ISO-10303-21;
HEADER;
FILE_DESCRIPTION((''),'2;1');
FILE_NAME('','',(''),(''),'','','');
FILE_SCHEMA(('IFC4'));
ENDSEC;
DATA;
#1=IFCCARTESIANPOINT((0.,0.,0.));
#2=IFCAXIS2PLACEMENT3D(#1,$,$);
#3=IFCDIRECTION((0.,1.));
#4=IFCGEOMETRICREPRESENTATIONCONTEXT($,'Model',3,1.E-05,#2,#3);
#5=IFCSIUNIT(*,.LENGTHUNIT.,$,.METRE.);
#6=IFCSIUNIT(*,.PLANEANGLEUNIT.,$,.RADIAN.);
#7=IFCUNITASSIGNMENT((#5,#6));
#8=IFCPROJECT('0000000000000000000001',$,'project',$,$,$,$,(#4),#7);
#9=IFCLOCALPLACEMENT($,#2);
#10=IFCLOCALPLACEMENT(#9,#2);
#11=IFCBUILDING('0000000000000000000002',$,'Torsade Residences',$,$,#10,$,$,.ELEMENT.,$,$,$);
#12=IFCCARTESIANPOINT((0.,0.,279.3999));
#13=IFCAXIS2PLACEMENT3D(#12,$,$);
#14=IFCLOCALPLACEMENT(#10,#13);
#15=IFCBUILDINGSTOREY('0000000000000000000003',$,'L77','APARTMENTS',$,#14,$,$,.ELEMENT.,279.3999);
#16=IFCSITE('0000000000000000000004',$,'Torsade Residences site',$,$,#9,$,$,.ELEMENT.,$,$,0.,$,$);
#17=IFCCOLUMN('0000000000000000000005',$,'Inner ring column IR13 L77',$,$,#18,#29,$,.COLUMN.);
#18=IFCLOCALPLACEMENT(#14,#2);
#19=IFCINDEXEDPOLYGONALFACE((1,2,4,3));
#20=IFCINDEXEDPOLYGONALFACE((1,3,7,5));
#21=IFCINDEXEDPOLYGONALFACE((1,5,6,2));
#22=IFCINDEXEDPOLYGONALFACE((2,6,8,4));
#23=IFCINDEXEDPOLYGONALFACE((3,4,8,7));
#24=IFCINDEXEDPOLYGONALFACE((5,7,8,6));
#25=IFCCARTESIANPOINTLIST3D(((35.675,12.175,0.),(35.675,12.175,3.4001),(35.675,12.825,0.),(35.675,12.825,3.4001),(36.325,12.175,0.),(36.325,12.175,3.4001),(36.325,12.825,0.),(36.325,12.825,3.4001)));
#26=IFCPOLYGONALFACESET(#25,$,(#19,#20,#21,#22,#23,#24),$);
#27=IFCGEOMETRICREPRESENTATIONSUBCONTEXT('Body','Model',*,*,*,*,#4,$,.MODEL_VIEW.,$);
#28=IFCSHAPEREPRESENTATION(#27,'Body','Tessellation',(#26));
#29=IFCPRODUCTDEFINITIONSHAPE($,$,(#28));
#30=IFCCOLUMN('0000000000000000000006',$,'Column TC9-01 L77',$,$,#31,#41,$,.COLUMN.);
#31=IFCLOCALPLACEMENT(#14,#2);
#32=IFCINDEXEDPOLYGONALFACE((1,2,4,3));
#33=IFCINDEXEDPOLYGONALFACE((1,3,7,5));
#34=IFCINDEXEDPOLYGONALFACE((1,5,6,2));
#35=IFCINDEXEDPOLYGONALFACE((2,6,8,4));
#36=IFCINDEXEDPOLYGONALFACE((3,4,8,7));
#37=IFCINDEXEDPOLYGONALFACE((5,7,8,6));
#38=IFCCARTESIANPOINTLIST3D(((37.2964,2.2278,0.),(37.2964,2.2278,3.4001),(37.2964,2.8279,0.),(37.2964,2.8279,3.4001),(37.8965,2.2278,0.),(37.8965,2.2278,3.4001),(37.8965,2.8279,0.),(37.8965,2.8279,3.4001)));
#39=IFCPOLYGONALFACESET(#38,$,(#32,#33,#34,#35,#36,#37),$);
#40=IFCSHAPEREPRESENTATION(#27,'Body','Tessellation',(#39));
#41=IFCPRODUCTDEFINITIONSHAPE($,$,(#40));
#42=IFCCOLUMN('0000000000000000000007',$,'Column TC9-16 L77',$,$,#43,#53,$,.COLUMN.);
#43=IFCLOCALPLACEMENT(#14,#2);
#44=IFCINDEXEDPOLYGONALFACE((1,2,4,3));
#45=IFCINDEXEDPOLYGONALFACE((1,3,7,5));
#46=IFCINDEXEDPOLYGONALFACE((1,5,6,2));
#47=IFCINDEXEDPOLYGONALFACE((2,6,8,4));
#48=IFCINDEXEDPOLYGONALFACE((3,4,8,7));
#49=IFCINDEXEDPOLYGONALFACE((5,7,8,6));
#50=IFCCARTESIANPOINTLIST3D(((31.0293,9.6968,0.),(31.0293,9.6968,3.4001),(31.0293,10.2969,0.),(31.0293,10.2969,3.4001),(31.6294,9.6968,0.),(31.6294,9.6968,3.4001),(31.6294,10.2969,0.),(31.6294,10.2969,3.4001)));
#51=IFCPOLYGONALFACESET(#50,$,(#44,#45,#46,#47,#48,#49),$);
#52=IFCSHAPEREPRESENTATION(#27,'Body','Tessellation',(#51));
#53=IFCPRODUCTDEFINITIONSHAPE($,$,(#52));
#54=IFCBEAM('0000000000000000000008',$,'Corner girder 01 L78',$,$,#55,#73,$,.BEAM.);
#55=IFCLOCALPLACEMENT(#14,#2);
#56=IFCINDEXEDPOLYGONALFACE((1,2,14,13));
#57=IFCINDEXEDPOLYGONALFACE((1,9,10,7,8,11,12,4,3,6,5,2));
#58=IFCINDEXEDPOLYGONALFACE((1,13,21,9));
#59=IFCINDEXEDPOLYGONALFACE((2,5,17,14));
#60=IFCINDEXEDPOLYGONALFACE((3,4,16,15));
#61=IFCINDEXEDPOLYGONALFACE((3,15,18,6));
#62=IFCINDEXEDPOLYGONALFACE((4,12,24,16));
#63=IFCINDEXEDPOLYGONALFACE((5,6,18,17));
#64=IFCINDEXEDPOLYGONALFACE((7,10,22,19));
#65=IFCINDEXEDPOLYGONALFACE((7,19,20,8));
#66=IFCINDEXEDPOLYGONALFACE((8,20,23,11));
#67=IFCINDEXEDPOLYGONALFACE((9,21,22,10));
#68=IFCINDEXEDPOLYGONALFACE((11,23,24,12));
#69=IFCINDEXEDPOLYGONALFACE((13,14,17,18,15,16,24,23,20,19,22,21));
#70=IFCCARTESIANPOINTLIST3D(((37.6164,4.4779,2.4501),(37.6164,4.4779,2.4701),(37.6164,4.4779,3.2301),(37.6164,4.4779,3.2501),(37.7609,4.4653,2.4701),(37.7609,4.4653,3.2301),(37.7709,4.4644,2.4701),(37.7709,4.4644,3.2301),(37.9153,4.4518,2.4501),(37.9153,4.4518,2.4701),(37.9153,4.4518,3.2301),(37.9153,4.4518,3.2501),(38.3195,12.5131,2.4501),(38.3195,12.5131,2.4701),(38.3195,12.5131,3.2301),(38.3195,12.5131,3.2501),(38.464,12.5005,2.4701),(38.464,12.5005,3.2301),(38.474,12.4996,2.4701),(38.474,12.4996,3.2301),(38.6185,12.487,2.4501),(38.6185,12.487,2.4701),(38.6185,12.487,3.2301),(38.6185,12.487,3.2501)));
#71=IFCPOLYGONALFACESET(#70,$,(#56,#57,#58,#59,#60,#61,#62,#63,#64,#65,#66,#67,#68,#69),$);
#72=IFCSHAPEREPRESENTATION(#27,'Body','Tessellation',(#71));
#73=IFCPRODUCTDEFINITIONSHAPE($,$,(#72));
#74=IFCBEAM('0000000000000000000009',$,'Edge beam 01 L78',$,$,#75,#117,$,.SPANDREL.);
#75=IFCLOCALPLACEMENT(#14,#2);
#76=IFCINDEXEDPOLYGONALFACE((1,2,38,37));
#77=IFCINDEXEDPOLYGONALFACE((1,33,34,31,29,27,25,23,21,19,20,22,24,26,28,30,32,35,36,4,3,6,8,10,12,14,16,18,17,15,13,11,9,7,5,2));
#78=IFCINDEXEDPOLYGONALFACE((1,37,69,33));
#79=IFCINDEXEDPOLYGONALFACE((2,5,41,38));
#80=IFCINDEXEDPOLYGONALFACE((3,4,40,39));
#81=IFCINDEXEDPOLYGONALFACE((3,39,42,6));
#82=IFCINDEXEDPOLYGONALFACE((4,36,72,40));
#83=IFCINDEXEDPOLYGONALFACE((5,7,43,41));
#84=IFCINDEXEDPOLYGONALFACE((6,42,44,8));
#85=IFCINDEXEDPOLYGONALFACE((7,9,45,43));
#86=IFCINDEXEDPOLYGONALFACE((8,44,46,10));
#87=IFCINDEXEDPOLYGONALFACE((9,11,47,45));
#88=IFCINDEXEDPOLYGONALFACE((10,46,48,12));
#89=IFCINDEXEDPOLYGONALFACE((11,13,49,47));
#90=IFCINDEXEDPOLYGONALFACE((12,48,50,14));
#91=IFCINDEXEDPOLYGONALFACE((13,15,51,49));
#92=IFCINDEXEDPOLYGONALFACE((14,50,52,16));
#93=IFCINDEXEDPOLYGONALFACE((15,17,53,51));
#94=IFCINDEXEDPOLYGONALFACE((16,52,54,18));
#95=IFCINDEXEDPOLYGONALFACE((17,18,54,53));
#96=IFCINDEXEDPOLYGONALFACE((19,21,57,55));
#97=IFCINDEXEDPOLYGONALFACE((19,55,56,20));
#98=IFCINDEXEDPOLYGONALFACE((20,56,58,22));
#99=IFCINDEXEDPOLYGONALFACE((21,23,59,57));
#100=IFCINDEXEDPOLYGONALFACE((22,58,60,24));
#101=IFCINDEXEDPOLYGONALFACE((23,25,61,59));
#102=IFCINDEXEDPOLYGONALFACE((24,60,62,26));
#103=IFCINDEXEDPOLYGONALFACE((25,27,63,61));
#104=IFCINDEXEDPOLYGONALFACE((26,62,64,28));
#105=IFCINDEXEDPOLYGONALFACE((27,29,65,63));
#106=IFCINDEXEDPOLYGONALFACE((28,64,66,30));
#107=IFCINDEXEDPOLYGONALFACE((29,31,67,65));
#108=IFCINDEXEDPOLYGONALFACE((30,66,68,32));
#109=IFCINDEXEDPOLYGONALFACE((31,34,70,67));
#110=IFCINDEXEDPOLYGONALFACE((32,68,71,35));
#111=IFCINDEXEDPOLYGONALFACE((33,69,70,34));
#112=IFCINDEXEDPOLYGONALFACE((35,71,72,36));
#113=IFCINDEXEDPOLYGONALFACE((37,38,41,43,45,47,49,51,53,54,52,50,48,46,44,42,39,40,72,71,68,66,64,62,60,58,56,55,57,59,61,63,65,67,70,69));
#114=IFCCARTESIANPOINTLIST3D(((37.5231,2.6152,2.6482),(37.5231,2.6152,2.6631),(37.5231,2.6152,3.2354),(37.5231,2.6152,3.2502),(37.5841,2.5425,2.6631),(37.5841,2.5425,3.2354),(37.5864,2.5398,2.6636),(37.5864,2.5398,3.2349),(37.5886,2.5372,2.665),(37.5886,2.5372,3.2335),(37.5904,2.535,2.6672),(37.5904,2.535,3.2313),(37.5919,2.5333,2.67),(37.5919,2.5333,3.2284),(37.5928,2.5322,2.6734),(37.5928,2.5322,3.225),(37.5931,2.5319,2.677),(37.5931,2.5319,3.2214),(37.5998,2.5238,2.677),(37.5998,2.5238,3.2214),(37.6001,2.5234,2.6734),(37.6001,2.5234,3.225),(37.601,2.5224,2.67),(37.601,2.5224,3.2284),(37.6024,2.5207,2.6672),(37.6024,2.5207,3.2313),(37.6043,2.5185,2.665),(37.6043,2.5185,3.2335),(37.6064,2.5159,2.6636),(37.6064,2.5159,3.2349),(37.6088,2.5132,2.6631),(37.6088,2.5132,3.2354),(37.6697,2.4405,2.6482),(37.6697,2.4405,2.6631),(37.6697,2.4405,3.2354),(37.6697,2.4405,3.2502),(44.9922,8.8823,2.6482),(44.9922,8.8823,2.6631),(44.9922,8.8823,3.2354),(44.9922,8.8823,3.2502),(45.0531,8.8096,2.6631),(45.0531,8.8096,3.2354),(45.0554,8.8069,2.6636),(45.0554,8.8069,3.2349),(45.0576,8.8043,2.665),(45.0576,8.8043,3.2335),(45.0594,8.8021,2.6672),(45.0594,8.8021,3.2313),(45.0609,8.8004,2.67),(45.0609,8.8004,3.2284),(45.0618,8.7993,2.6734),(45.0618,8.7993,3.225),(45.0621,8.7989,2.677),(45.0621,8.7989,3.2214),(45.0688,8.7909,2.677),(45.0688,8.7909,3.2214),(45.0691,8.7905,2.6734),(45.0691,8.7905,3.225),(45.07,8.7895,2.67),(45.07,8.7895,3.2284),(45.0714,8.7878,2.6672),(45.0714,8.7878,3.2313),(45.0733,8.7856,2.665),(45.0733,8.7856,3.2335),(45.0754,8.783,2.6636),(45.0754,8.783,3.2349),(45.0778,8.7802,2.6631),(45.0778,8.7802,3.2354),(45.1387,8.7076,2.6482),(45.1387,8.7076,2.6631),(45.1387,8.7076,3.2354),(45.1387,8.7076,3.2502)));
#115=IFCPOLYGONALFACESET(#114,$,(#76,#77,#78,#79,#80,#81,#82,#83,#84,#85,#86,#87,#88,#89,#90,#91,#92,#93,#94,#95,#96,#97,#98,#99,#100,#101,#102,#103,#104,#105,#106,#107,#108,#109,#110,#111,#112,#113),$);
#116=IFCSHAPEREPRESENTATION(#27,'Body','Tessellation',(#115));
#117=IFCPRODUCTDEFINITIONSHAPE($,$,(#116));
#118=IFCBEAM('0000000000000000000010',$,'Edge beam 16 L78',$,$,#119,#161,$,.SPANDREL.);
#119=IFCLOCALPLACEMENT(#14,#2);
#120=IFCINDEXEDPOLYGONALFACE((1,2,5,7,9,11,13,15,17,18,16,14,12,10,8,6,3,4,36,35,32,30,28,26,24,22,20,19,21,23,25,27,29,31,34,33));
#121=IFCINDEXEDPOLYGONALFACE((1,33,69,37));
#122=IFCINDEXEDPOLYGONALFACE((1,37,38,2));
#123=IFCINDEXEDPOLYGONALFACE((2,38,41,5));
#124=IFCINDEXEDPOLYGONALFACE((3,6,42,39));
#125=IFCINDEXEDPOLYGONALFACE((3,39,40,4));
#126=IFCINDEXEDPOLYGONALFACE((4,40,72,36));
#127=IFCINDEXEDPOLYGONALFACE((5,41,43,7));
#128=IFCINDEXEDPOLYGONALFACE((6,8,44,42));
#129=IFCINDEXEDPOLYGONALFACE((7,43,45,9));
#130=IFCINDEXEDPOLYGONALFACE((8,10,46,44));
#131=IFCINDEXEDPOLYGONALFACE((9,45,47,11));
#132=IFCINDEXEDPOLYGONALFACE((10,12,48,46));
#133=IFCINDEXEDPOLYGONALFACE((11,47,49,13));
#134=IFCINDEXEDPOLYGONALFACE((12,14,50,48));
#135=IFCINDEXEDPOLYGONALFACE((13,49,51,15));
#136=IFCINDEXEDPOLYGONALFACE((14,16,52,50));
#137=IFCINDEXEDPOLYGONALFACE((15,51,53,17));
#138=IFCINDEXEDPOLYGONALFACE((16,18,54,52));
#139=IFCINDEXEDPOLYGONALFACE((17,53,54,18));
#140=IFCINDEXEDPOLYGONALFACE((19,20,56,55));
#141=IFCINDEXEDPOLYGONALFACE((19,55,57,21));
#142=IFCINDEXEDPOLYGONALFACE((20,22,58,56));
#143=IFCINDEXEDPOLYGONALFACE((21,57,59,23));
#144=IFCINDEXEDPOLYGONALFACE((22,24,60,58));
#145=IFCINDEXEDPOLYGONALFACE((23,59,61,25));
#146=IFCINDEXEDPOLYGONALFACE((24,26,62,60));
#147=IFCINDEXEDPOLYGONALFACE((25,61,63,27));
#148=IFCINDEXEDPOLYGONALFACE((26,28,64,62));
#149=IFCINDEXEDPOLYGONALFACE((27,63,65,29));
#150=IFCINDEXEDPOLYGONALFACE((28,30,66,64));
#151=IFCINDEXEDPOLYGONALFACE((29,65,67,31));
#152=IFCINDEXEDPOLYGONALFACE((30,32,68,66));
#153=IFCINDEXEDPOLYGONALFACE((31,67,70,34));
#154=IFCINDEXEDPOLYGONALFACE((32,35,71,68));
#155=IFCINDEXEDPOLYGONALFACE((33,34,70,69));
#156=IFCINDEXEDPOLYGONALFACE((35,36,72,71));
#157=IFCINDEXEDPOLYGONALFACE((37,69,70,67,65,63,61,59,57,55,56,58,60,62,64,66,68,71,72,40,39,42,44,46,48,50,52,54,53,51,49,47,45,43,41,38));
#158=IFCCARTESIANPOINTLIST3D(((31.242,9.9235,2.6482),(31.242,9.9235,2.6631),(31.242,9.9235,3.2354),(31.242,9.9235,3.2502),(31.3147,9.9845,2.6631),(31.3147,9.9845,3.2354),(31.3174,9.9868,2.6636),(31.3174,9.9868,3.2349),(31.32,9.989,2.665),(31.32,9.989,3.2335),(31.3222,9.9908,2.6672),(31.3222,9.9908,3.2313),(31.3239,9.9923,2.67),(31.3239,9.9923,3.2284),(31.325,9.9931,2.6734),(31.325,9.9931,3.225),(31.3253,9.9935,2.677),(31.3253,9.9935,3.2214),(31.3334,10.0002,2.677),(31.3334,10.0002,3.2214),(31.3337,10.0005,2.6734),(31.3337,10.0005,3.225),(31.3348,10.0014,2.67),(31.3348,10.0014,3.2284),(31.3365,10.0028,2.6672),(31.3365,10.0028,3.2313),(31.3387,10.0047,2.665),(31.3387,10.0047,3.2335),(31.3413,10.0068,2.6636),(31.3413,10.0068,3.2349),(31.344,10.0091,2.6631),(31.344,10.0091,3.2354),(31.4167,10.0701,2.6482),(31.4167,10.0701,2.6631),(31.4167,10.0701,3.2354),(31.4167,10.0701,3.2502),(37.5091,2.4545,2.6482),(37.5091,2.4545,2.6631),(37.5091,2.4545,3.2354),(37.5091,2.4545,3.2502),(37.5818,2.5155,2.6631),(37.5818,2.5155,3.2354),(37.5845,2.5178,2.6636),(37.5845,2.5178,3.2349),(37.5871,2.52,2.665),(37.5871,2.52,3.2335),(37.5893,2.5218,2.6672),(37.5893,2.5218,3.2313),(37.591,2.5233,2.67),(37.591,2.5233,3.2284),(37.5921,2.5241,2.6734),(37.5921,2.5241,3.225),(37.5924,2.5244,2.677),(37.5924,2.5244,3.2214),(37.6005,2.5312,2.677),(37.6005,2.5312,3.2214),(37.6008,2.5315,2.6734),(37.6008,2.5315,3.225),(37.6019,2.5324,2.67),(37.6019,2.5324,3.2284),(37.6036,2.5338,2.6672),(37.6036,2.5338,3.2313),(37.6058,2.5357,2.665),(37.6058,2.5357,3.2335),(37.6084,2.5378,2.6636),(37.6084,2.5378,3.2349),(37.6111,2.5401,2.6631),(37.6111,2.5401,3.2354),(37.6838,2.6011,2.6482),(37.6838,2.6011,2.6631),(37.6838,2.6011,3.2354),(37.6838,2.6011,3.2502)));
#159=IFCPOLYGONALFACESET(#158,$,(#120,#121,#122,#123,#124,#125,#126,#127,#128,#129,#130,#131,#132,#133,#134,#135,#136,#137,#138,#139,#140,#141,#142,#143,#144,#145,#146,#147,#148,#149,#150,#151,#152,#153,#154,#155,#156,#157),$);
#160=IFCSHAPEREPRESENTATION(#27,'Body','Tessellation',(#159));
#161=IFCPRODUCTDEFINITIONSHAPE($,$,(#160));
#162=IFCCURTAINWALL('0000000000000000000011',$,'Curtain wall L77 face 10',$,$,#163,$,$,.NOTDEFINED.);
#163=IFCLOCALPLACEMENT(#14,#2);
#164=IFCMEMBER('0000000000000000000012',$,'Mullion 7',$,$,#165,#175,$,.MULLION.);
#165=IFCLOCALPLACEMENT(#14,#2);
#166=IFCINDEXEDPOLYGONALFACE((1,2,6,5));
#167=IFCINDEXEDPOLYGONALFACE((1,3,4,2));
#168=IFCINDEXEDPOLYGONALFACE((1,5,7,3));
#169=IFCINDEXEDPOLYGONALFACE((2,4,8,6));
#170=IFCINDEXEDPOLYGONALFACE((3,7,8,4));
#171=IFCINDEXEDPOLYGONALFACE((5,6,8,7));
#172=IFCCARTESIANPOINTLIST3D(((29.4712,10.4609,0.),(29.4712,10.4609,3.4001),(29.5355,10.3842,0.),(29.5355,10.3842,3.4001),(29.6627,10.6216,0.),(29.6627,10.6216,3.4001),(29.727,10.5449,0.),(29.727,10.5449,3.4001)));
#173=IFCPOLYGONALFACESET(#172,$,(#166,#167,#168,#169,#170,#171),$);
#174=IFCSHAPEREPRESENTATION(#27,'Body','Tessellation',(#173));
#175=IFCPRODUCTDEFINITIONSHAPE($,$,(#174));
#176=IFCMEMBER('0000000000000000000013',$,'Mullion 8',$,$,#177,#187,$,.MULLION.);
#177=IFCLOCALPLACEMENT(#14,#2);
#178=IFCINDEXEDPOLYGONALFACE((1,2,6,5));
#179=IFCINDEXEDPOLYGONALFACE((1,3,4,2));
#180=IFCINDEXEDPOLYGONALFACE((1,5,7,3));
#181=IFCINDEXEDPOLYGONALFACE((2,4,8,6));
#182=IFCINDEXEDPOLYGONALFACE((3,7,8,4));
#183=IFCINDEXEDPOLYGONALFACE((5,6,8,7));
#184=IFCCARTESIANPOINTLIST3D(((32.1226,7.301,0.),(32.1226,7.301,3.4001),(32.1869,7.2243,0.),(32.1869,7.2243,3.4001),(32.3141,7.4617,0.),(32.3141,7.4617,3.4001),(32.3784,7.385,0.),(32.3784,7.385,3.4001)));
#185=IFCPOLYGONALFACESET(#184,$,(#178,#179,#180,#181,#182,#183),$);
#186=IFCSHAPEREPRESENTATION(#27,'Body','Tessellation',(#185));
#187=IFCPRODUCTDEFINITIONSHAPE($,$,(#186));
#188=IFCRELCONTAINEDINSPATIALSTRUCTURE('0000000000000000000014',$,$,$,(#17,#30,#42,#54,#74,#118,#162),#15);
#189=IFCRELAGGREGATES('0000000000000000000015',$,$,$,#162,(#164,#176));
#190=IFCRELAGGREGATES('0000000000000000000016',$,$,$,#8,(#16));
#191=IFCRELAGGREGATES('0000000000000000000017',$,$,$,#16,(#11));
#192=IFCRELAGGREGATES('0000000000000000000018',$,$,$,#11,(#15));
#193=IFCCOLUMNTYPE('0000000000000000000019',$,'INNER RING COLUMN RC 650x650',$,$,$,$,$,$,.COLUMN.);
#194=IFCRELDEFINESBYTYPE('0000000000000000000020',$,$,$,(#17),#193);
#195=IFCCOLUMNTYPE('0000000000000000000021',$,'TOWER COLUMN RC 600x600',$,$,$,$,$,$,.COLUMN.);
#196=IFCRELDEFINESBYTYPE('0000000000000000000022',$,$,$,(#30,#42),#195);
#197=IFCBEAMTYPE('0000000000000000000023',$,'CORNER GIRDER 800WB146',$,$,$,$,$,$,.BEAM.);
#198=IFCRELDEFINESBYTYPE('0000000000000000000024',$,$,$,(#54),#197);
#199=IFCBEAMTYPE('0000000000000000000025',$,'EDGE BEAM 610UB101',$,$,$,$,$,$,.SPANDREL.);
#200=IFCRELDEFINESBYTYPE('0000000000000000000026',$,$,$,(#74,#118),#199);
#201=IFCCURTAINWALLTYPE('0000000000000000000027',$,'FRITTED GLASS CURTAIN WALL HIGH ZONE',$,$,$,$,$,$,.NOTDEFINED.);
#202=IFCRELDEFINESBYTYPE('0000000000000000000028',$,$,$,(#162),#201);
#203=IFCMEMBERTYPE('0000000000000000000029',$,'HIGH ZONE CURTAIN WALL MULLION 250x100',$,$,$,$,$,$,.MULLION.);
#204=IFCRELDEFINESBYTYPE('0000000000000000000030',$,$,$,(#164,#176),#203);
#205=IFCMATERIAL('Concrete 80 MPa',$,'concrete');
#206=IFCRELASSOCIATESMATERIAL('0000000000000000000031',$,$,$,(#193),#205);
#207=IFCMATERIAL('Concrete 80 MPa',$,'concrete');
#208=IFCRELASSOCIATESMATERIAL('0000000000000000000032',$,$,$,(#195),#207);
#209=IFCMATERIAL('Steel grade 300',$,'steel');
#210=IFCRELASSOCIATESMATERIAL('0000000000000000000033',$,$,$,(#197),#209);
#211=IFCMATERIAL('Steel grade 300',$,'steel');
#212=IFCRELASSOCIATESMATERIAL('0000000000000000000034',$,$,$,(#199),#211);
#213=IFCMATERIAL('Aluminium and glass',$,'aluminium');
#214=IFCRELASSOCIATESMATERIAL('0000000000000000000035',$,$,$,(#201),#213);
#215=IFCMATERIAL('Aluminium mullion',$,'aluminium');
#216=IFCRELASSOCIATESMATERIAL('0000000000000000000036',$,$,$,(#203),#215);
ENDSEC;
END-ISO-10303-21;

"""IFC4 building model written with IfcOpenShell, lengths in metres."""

from ifc_helpers import new_model, si_unit, direction, frame, origin, origin_2d, place, context, subcontext, project, spatial, rectangle, i_section, extrude, material, material_profile, profile_set, type_object, element, aggregate, save


model = new_model("IFC4")

# Units and contexts
model_context = context("Model", 3, precision=1e-05, world=origin(), true_north=direction((0.0, 1.0)))
body_context = subcontext(model_context, "Body", "Model", "MODEL_VIEW")
ifc_project = project(units=[si_unit("LENGTHUNIT", "METRE"), si_unit("PLANEANGLEUNIT", "RADIAN")], contexts=[model_context])

# Site, building, storey
site_placement = place(None, origin())
site = spatial("IfcSite", under=ifc_project, at=site_placement, Name="Torsade Residences site", CompositionType="ELEMENT", RefElevation=0.0)
building_placement = place(site_placement, origin())
building = spatial("IfcBuilding", under=site, at=building_placement, Name="Torsade Residences", CompositionType="ELEMENT")
storey_placement = place(building_placement, frame((0.0, 0.0, 279.3999)))
storey = spatial("IfcBuildingStorey", under=building, at=storey_placement, Name="L77", Description="APARTMENTS", CompositionType="ELEMENT", Elevation=279.3999)

# Columns
ifc_material_1 = material(Name="Concrete 80 MPa", Category="concrete")
ifc_material_profile_1 = material_profile(ifc_material_1, rectangle(XDim=0.6499, YDim=0.6499, at=origin_2d()), Name="RC 650x650")
ifc_profile_set_1 = profile_set([ifc_material_profile_1], Name="Concrete 80 MPa")
column_type_1 = type_object("IfcColumnType", Name="INNER RING COLUMN RC 650x650", PredefinedType="COLUMN", material=ifc_profile_set_1)
column_placement = place(storey_placement, frame((36.0, 12.5, 0.0), z_axis=(0.0, 0.0, 1.0), x_axis=(1.0, 0.0, 0.0)))
element("IfcColumn", 1, at=column_placement, inside=storey, type_object=column_type_1, Name="Inner ring column IR13 L77", PredefinedType="COLUMN", context=body_context, shape_type="SweptSolid", body=[
    extrude(rectangle(XDim=0.6499, YDim=0.6499, at=origin_2d()), origin(), (0.0, 0.0, 1.0), 3.4001),
])
ifc_material_2 = material(Name="Concrete 80 MPa", Category="concrete")
ifc_material_profile_2 = material_profile(ifc_material_2, rectangle(XDim=0.6001, YDim=0.6001, at=origin_2d()), Name="RC 600x600")
ifc_profile_set_2 = profile_set([ifc_material_profile_2], Name="Concrete 80 MPa")
column_type_2 = type_object("IfcColumnType", Name="TOWER COLUMN RC 600x600", PredefinedType="COLUMN", material=ifc_profile_set_2)
for number, where, z_axis, x_axis, name in (
    (2, (37.5964, 2.5278, 0.0), (0.0, 0.0, 1.0), (1.0, 0.0, 0.0), "Column TC9-01 L77"),
    (3, (31.3293, 9.9968, 0.0), (0.0, 0.0, 1.0), (1.0, 0.0, 0.0), "Column TC9-16 L77"),
):
    element("IfcColumn", number, at=place(storey_placement, frame(where, z_axis=z_axis, x_axis=x_axis)), inside=storey, type_object=column_type_2, Name=name, PredefinedType="COLUMN", context=body_context, shape_type="SweptSolid", body=[
        extrude(rectangle(XDim=0.6001, YDim=0.6001, at=origin_2d()), origin(), (0.0, 0.0, 1.0), 3.4001),
    ])

# Beams
ifc_material_3 = material(Name="Steel grade 300", Category="steel")
ifc_material_profile_3 = material_profile(ifc_material_3, i_section(OverallWidth=0.3, OverallDepth=0.8, WebThickness=0.01, FlangeThickness=0.02, at=origin_2d()), Name="800WB146")
ifc_profile_set_3 = profile_set([ifc_material_profile_3], Name="Steel grade 300")
beam_type_1 = type_object("IfcBeamType", Name="CORNER GIRDER 800WB146", PredefinedType="BEAM", material=ifc_profile_set_3)
beam_1_placement = place(storey_placement, frame((37.7659, 4.4648, 2.8501), z_axis=(0.087173, 0.996193, 0.0), x_axis=(-0.996193, 0.087173, 0.0)))
element("IfcBeam", 4, at=beam_1_placement, inside=storey, type_object=beam_type_1, Name="Corner girder 01 L78", PredefinedType="BEAM", context=body_context, shape_type="SweptSolid", body=[
    extrude(i_section(OverallWidth=0.3, OverallDepth=0.8, WebThickness=0.01, FlangeThickness=0.02, at=origin_2d()), origin(), (0.0, 0.0, 1.0), 8.0659),
])
ifc_material_4 = material(Name="Steel grade 300", Category="steel")
ifc_material_profile_4 = material_profile(ifc_material_4, i_section(OverallWidth=0.228, OverallDepth=0.6021, WebThickness=0.0105, FlangeThickness=0.0149, FilletRadius=0.0139, at=origin_2d()), Name="610UB101")
ifc_profile_set_4 = profile_set([ifc_material_profile_4], Name="Steel grade 300")
beam_type_2 = type_object("IfcBeamType", Name="EDGE BEAM 610UB101", PredefinedType="SPANDREL", material=ifc_profile_set_4)
for number, where, z_axis, x_axis, name in (
    (5, (37.5964, 2.5278, 2.9492), (0.766052, 0.642779, 0.0), (-0.642779, 0.766052, 0.0), "Edge beam 01 L78"),
    (6, (31.3293, 9.9968, 2.9492), (0.642779, -0.766052, 0.0), (0.766052, 0.642779, 0.0), "Edge beam 16 L78"),
):
    element("IfcBeam", number, at=place(storey_placement, frame(where, z_axis=z_axis, x_axis=x_axis)), inside=storey, type_object=beam_type_2, Name=name, PredefinedType="SPANDREL", context=body_context, shape_type="SweptSolid", body=[
        extrude(i_section(OverallWidth=0.228, OverallDepth=0.6021, WebThickness=0.0105, FlangeThickness=0.0149, FilletRadius=0.0139, at=origin_2d()), origin(), (0.0, 0.0, 1.0), 9.75),
    ])

# Curtain wall, members
ifc_material_5 = material(Name="Aluminium and glass", Category="aluminium")
curtain_wall_type = type_object("IfcCurtainWallType", Name="FRITTED GLASS CURTAIN WALL HIGH ZONE", PredefinedType="NOTDEFINED", material=ifc_material_5)
curtain_wall_placement = place(storey_placement, origin())
curtain_wall = element("IfcCurtainWall", 7, at=curtain_wall_placement, inside=storey, type_object=curtain_wall_type, Name="Curtain wall L77 face 10", PredefinedType="NOTDEFINED")
ifc_material_6 = material(Name="Aluminium mullion", Category="aluminium")
ifc_material_profile_5 = material_profile(ifc_material_6, rectangle(XDim=0.25, YDim=0.1001, at=origin_2d()), Name="HIGH ZONE CURTAIN WALL MULLION 250x100")
ifc_profile_set_5 = profile_set([ifc_material_profile_5], Name="Aluminium mullion")
member_type_1 = type_object("IfcMemberType", Name="HIGH ZONE CURTAIN WALL MULLION 250x100", PredefinedType="MULLION", material=ifc_profile_set_5)
member_1_placement = place(storey_placement, frame((29.5991, 10.5029, 0.0), z_axis=(0.0, 0.0, 1.0), x_axis=(0.766044, 0.642788, 0.0)))
member_1 = element("IfcMember", 8, at=member_1_placement, type_object=member_type_1, Name="Mullion 7", PredefinedType="MULLION", context=body_context, shape_type="SweptSolid", body=[
    extrude(rectangle(XDim=0.25, YDim=0.1001, at=origin_2d()), origin(), (0.0, 0.0, 1.0), 3.4001),
])
member_2_placement = place(storey_placement, frame((32.2505, 7.343, 0.0), z_axis=(0.0, 0.0, 1.0), x_axis=(0.766044, 0.642788, 0.0)))
member_2 = element("IfcMember", 9, at=member_2_placement, type_object=member_type_1, Name="Mullion 8", PredefinedType="MULLION", context=body_context, shape_type="SweptSolid", body=[
    extrude(rectangle(XDim=0.25, YDim=0.1001, at=origin_2d()), origin(), (0.0, 0.0, 1.0), 3.4001),
])

aggregate(curtain_wall, [member_1, member_2])

save(model, "model.ifc")
